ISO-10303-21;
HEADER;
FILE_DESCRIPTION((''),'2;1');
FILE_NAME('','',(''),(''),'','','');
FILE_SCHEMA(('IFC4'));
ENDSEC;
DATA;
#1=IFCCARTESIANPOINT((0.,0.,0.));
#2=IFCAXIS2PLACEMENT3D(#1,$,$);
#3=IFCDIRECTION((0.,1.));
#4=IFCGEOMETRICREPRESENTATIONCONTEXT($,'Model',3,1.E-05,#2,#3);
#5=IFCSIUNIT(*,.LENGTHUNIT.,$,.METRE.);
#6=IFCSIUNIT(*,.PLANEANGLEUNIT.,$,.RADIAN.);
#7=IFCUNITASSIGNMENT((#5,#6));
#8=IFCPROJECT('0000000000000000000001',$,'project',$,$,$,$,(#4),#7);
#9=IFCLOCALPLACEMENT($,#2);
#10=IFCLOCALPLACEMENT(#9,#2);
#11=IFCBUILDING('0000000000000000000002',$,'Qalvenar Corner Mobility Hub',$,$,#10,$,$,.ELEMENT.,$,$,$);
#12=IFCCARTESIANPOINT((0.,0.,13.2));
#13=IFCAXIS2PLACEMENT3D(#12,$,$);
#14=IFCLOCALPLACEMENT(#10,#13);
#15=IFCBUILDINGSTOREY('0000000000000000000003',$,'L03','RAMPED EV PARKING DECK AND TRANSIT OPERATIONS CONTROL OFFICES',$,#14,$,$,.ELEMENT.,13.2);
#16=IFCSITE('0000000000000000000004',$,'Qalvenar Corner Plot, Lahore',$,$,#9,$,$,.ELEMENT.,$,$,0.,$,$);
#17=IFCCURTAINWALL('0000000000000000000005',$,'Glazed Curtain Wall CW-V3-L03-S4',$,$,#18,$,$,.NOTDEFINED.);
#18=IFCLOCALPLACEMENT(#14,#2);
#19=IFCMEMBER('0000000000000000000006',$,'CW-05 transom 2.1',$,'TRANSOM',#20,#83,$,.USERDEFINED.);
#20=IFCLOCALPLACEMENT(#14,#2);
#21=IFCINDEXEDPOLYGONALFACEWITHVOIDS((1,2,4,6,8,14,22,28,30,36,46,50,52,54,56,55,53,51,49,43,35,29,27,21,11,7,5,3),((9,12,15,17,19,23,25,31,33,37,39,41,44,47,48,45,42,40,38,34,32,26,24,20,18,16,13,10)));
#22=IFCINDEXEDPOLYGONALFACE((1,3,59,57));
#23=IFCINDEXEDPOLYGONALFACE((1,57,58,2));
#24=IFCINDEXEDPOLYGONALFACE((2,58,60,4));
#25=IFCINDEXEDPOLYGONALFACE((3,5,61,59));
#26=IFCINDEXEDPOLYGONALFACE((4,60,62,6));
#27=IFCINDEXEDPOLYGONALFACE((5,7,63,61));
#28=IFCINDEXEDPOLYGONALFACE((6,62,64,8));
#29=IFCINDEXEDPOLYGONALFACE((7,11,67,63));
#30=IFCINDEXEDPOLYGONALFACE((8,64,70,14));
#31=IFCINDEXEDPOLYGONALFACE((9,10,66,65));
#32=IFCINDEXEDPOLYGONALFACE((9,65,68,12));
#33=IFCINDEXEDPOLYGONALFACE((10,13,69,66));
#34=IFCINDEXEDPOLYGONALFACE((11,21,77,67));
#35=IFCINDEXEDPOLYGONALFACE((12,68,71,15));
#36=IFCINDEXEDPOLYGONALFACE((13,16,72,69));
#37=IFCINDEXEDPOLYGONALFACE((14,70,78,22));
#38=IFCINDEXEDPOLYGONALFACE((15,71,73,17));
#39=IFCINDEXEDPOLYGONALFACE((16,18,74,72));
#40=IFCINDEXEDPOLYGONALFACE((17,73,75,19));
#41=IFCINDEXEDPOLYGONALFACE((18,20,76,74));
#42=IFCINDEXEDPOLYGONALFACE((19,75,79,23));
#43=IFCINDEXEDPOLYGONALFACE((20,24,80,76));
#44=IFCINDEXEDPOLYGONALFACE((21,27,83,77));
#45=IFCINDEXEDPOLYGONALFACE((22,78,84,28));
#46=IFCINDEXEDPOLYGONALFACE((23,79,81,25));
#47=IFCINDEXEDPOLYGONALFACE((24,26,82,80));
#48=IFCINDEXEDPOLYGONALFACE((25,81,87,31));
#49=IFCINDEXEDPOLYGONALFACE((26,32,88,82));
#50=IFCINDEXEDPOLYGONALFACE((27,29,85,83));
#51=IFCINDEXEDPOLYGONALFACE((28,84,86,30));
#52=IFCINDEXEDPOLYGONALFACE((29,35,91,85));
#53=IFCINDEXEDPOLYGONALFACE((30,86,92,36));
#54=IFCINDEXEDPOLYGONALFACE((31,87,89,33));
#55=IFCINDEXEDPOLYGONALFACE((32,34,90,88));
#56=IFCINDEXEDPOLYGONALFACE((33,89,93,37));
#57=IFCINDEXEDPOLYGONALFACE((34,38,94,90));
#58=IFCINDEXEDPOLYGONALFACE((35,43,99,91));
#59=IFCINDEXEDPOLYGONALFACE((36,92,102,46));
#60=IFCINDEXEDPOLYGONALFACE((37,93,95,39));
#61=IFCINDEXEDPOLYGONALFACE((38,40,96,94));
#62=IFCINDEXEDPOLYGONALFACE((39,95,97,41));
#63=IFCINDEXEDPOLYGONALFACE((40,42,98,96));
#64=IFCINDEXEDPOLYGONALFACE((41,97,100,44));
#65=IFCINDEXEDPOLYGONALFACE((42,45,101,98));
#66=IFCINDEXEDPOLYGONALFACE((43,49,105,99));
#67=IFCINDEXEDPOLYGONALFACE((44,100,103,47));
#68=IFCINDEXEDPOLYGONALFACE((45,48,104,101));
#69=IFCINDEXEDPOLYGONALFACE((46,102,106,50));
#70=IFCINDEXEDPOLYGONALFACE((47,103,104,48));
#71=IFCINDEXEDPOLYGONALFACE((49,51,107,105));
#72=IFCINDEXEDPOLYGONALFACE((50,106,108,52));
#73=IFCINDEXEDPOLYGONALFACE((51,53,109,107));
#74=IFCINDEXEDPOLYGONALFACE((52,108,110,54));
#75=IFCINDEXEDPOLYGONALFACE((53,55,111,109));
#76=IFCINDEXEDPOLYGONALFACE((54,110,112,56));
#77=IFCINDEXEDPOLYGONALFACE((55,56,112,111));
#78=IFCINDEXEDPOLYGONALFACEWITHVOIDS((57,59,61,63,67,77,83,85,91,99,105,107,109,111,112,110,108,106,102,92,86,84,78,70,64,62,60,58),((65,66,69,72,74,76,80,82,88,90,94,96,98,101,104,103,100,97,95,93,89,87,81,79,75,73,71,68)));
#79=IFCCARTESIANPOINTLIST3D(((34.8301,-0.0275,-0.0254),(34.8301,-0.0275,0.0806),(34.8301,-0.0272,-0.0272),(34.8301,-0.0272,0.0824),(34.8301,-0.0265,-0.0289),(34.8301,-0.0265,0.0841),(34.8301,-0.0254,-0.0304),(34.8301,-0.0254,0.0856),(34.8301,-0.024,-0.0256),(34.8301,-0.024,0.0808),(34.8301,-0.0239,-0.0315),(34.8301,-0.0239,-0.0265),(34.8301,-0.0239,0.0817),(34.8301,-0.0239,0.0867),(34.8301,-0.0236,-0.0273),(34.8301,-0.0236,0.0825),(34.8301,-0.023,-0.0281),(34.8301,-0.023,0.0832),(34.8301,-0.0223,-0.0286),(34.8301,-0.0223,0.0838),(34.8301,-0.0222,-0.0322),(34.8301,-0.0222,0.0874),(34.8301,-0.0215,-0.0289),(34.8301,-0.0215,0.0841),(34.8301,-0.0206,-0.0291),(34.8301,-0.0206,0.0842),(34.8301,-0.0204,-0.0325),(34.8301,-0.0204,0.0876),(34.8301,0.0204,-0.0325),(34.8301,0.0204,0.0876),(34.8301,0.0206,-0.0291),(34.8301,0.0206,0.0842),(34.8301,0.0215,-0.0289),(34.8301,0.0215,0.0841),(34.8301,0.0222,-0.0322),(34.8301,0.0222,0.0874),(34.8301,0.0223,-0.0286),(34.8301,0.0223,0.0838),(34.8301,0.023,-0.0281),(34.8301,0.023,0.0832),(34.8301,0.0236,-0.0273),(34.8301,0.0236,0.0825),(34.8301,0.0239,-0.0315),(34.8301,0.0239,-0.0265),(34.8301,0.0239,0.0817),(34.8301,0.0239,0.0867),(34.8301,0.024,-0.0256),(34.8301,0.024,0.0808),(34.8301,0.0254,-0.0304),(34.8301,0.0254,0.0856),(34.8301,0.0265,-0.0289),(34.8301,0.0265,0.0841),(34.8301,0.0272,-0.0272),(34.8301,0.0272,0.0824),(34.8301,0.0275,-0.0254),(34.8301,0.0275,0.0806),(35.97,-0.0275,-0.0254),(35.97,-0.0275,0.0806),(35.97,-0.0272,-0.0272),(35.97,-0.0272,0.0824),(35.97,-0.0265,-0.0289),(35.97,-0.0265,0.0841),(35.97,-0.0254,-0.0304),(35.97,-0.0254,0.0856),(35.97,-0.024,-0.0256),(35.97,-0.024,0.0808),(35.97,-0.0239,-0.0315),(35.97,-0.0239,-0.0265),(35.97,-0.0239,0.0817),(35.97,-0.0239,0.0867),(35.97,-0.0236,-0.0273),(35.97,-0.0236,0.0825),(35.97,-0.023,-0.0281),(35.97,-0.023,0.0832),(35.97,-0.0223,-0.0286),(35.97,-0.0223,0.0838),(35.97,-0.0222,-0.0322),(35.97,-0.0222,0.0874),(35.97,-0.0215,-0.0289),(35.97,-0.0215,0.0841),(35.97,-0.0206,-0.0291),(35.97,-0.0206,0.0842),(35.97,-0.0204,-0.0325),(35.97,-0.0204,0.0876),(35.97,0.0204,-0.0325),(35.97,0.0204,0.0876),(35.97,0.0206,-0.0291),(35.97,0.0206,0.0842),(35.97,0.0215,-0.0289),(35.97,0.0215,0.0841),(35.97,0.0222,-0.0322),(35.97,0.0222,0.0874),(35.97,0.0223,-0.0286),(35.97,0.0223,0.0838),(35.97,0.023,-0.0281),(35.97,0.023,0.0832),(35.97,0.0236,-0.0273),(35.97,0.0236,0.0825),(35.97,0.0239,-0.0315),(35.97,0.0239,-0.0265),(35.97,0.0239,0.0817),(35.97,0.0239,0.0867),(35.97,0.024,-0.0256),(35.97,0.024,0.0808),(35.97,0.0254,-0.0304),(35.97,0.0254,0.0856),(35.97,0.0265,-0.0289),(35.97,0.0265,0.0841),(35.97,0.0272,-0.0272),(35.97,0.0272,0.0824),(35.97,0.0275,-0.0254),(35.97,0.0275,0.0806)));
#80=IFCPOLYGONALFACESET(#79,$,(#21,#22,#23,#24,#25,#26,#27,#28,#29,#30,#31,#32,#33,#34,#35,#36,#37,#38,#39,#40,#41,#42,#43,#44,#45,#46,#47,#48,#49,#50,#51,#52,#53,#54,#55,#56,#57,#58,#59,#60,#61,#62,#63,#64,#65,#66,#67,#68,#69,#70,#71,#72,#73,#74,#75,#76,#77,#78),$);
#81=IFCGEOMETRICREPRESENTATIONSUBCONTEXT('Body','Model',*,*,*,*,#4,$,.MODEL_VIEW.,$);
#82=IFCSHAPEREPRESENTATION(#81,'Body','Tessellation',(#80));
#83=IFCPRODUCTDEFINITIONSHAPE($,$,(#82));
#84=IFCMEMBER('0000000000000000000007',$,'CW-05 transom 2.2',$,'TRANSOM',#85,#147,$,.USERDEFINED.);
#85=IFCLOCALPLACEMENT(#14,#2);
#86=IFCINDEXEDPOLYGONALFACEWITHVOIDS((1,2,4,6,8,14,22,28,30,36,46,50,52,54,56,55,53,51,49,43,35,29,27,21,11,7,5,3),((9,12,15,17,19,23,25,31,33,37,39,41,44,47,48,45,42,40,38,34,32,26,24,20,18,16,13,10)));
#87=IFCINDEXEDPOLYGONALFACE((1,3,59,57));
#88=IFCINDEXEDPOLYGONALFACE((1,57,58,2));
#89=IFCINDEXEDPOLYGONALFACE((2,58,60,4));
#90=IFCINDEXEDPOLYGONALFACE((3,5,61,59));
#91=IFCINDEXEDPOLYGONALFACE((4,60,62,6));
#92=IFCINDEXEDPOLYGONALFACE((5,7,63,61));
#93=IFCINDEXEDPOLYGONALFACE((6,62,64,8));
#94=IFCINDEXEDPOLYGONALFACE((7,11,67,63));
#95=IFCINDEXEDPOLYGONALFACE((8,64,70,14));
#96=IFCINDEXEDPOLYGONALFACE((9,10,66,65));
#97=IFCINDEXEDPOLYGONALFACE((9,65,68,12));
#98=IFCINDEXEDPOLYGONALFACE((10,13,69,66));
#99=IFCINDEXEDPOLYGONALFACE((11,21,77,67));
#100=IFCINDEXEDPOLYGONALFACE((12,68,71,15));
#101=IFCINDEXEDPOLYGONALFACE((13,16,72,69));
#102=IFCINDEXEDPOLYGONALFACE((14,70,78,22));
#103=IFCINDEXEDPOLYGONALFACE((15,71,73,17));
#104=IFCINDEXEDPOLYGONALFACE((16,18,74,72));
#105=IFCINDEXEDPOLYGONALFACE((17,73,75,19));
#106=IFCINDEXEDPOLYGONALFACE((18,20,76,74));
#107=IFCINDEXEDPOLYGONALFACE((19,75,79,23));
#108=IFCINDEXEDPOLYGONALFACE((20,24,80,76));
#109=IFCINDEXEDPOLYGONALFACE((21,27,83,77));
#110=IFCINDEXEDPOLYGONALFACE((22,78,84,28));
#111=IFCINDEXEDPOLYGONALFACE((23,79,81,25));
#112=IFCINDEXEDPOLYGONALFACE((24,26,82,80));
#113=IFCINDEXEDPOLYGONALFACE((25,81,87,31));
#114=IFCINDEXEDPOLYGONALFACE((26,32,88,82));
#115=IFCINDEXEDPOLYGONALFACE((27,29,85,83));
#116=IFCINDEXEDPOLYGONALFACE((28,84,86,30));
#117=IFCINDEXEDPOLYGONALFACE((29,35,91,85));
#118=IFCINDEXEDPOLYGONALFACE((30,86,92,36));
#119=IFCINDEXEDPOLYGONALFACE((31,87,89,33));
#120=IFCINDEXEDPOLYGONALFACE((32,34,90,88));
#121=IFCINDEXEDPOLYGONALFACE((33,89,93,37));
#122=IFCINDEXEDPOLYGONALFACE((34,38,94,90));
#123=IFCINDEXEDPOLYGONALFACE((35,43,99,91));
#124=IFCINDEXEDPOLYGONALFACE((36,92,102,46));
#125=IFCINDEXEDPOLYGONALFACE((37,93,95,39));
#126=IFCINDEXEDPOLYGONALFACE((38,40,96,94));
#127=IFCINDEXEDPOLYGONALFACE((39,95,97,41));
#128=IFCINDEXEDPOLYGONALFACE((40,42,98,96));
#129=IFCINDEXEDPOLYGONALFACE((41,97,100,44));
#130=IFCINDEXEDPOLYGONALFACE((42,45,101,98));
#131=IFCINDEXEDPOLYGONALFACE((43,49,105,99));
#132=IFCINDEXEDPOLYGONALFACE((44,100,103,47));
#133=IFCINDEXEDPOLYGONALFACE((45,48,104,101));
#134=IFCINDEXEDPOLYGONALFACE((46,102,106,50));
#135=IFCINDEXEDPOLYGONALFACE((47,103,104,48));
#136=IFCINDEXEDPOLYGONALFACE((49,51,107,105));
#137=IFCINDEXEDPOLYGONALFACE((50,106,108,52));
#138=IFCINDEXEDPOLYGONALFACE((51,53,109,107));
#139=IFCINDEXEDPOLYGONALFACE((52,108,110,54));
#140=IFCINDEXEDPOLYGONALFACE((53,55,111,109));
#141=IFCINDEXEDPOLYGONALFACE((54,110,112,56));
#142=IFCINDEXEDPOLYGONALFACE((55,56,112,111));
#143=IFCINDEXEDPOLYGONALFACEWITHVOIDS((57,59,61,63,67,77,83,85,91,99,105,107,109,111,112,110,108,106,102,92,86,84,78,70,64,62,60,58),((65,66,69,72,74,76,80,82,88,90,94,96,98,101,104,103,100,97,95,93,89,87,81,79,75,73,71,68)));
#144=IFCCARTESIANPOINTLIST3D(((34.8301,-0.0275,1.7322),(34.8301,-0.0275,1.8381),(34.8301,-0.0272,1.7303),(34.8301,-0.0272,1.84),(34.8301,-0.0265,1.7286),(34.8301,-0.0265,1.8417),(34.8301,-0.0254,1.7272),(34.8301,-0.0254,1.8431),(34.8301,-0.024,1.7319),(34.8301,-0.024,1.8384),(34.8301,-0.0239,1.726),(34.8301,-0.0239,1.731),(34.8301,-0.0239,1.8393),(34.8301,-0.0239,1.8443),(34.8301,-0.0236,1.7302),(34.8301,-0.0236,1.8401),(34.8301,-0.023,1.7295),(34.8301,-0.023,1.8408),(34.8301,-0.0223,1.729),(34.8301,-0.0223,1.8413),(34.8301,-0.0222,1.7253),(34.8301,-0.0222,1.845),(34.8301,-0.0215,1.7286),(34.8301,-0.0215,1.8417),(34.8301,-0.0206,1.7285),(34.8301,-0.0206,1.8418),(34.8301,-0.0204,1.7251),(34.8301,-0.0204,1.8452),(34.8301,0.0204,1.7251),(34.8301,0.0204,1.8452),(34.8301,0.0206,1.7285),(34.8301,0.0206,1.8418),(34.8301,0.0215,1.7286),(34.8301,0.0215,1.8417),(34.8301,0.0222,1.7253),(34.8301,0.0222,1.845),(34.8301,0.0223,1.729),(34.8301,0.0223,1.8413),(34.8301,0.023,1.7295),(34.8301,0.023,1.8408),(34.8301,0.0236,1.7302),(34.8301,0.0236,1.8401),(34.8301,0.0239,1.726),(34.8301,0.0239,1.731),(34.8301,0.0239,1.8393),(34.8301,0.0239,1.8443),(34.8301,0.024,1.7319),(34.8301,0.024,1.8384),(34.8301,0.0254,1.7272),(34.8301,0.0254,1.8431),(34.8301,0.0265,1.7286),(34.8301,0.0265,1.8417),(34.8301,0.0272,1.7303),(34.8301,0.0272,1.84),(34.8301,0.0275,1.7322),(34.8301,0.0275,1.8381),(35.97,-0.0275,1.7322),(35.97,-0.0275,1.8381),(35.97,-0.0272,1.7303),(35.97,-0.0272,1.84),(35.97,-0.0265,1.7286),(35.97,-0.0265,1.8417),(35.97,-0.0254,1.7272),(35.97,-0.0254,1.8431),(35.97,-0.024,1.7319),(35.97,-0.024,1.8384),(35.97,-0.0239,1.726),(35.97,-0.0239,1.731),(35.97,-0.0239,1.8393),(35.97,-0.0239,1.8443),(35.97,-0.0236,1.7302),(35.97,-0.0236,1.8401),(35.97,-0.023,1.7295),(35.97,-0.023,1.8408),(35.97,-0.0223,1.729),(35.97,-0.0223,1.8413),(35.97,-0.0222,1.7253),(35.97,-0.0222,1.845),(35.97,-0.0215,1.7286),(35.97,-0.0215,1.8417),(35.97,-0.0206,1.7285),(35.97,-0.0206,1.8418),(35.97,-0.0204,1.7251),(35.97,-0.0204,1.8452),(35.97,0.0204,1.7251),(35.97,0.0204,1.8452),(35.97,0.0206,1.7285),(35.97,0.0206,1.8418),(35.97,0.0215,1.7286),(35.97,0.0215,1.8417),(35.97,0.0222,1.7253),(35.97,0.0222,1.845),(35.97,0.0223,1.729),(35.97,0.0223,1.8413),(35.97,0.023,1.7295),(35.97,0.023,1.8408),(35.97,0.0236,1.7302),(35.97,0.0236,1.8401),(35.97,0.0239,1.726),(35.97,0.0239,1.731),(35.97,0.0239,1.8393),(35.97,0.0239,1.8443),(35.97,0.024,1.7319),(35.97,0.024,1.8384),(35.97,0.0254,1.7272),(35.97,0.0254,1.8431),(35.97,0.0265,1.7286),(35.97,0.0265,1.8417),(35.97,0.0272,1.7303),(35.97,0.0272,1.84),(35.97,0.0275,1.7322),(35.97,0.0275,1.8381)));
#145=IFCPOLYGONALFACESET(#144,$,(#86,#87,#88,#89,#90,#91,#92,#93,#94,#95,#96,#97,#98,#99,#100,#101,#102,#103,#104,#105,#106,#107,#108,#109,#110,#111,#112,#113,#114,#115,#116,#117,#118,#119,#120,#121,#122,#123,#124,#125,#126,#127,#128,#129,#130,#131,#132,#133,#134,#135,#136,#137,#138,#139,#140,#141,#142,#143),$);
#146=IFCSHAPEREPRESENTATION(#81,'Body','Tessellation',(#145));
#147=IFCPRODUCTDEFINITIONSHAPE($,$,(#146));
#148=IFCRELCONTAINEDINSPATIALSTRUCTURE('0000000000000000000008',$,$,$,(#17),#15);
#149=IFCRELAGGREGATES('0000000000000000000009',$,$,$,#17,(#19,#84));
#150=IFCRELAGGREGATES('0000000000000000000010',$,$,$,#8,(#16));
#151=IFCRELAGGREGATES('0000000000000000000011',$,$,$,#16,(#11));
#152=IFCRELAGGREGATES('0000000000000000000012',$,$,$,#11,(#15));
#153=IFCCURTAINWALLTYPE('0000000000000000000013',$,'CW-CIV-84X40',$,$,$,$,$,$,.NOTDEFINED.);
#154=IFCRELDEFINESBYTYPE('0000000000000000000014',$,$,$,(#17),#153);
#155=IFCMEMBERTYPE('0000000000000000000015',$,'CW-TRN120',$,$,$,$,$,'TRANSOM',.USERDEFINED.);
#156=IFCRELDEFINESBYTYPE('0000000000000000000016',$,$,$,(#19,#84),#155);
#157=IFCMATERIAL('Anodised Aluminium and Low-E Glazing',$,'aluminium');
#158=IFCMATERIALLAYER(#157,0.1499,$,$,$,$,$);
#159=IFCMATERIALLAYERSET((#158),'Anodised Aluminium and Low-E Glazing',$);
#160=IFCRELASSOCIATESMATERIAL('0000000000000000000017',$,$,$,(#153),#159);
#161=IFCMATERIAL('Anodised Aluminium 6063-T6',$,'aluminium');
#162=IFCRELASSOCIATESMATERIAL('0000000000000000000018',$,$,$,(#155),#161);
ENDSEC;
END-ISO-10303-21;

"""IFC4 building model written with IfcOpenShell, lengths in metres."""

from ifc_helpers import new_model, si_unit, direction, frame, origin, origin_2d, place, context, subcontext, project, spatial, hollow_rectangle, extrude, material, layer, layer_set, material_profile, profile_set, type_object, element, aggregate, save


model = new_model("IFC4")

# Units and contexts
model_context = context("Model", 3, precision=1e-05, world=origin(), true_north=direction((0.0, 1.0)))
body_context = subcontext(model_context, "Body", "Model", "MODEL_VIEW")
ifc_project = project(units=[si_unit("LENGTHUNIT", "METRE"), si_unit("PLANEANGLEUNIT", "RADIAN")], contexts=[model_context])

# Site, building, storey
site_placement = place(None, origin())
site = spatial("IfcSite", under=ifc_project, at=site_placement, Name="Qalvenar Corner Plot, Lahore", CompositionType="ELEMENT", RefElevation=0.0)
building_placement = place(site_placement, origin())
building = spatial("IfcBuilding", under=site, at=building_placement, Name="Qalvenar Corner Mobility Hub", CompositionType="ELEMENT")
storey_placement = place(building_placement, frame((0.0, 0.0, 13.2)))
storey = spatial("IfcBuildingStorey", under=building, at=storey_placement, Name="L03", Description="RAMPED EV PARKING DECK AND TRANSIT OPERATIONS CONTROL OFFICES", CompositionType="ELEMENT", Elevation=13.2)

# Curtain wall, members
ifc_material_1 = material(Name="Anodised Aluminium and Low-E Glazing", Category="aluminium")
ifc_layer_1 = layer(ifc_material_1, 0.1499)
ifc_layer_set_1 = layer_set([ifc_layer_1], Name="Anodised Aluminium and Low-E Glazing")
curtain_wall_type = type_object("IfcCurtainWallType", Name="CW-CIV-84X40", PredefinedType="NOTDEFINED", material=ifc_layer_set_1)
curtain_wall_placement = place(storey_placement, origin())
curtain_wall = element("IfcCurtainWall", 1, at=curtain_wall_placement, inside=storey, type_object=curtain_wall_type, Name="Glazed Curtain Wall CW-V3-L03-S4", PredefinedType="NOTDEFINED")
ifc_material_2 = material(Name="Anodised Aluminium 6063-T6", Category="aluminium")
ifc_material_profile_1 = material_profile(ifc_material_2, hollow_rectangle(XDim=0.0549, YDim=0.1201, WallThickness=0.0034, InnerFilletRadius=0.0034, OuterFilletRadius=0.0071, at=origin_2d()), Name="RHS120x55x3.5")
ifc_profile_set_1 = profile_set([ifc_material_profile_1], Name="Anodised Aluminium 6063-T6")
member_type_1 = type_object("IfcMemberType", Name="CW-TRN120", ElementType="TRANSOM", PredefinedType="USERDEFINED", material=ifc_profile_set_1)
member_1_placement = place(storey_placement, frame((34.8301, 0.0, 0.0276), z_axis=(1.0, 0.0, 0.0), x_axis=(0.0, 1.0, 0.0)))
member_1 = element("IfcMember", 2, at=member_1_placement, type_object=member_type_1, Name="CW-05 transom 2.1", ObjectType="TRANSOM", PredefinedType="USERDEFINED", context=body_context, shape_type="SweptSolid", body=[
    extrude(hollow_rectangle(XDim=0.0549, YDim=0.1201, WallThickness=0.0034, InnerFilletRadius=0.0034, OuterFilletRadius=0.0071, at=origin_2d()), origin(), (0.0, 0.0, 1.0), 1.1399),
])
member_2_placement = place(storey_placement, frame((34.8301, 0.0, 1.7852), z_axis=(1.0, 0.0, 0.0), x_axis=(0.0, 1.0, 0.0)))
member_2 = element("IfcMember", 3, at=member_2_placement, type_object=member_type_1, Name="CW-05 transom 2.2", ObjectType="TRANSOM", PredefinedType="USERDEFINED", context=body_context, shape_type="SweptSolid", body=[
    extrude(hollow_rectangle(XDim=0.0549, YDim=0.1201, WallThickness=0.0034, InnerFilletRadius=0.0034, OuterFilletRadius=0.0071, at=origin_2d()), origin(), (0.0, 0.0, 1.0), 1.1399),
])
aggregate(curtain_wall, [member_1, member_2])

save(model, "model.ifc")
